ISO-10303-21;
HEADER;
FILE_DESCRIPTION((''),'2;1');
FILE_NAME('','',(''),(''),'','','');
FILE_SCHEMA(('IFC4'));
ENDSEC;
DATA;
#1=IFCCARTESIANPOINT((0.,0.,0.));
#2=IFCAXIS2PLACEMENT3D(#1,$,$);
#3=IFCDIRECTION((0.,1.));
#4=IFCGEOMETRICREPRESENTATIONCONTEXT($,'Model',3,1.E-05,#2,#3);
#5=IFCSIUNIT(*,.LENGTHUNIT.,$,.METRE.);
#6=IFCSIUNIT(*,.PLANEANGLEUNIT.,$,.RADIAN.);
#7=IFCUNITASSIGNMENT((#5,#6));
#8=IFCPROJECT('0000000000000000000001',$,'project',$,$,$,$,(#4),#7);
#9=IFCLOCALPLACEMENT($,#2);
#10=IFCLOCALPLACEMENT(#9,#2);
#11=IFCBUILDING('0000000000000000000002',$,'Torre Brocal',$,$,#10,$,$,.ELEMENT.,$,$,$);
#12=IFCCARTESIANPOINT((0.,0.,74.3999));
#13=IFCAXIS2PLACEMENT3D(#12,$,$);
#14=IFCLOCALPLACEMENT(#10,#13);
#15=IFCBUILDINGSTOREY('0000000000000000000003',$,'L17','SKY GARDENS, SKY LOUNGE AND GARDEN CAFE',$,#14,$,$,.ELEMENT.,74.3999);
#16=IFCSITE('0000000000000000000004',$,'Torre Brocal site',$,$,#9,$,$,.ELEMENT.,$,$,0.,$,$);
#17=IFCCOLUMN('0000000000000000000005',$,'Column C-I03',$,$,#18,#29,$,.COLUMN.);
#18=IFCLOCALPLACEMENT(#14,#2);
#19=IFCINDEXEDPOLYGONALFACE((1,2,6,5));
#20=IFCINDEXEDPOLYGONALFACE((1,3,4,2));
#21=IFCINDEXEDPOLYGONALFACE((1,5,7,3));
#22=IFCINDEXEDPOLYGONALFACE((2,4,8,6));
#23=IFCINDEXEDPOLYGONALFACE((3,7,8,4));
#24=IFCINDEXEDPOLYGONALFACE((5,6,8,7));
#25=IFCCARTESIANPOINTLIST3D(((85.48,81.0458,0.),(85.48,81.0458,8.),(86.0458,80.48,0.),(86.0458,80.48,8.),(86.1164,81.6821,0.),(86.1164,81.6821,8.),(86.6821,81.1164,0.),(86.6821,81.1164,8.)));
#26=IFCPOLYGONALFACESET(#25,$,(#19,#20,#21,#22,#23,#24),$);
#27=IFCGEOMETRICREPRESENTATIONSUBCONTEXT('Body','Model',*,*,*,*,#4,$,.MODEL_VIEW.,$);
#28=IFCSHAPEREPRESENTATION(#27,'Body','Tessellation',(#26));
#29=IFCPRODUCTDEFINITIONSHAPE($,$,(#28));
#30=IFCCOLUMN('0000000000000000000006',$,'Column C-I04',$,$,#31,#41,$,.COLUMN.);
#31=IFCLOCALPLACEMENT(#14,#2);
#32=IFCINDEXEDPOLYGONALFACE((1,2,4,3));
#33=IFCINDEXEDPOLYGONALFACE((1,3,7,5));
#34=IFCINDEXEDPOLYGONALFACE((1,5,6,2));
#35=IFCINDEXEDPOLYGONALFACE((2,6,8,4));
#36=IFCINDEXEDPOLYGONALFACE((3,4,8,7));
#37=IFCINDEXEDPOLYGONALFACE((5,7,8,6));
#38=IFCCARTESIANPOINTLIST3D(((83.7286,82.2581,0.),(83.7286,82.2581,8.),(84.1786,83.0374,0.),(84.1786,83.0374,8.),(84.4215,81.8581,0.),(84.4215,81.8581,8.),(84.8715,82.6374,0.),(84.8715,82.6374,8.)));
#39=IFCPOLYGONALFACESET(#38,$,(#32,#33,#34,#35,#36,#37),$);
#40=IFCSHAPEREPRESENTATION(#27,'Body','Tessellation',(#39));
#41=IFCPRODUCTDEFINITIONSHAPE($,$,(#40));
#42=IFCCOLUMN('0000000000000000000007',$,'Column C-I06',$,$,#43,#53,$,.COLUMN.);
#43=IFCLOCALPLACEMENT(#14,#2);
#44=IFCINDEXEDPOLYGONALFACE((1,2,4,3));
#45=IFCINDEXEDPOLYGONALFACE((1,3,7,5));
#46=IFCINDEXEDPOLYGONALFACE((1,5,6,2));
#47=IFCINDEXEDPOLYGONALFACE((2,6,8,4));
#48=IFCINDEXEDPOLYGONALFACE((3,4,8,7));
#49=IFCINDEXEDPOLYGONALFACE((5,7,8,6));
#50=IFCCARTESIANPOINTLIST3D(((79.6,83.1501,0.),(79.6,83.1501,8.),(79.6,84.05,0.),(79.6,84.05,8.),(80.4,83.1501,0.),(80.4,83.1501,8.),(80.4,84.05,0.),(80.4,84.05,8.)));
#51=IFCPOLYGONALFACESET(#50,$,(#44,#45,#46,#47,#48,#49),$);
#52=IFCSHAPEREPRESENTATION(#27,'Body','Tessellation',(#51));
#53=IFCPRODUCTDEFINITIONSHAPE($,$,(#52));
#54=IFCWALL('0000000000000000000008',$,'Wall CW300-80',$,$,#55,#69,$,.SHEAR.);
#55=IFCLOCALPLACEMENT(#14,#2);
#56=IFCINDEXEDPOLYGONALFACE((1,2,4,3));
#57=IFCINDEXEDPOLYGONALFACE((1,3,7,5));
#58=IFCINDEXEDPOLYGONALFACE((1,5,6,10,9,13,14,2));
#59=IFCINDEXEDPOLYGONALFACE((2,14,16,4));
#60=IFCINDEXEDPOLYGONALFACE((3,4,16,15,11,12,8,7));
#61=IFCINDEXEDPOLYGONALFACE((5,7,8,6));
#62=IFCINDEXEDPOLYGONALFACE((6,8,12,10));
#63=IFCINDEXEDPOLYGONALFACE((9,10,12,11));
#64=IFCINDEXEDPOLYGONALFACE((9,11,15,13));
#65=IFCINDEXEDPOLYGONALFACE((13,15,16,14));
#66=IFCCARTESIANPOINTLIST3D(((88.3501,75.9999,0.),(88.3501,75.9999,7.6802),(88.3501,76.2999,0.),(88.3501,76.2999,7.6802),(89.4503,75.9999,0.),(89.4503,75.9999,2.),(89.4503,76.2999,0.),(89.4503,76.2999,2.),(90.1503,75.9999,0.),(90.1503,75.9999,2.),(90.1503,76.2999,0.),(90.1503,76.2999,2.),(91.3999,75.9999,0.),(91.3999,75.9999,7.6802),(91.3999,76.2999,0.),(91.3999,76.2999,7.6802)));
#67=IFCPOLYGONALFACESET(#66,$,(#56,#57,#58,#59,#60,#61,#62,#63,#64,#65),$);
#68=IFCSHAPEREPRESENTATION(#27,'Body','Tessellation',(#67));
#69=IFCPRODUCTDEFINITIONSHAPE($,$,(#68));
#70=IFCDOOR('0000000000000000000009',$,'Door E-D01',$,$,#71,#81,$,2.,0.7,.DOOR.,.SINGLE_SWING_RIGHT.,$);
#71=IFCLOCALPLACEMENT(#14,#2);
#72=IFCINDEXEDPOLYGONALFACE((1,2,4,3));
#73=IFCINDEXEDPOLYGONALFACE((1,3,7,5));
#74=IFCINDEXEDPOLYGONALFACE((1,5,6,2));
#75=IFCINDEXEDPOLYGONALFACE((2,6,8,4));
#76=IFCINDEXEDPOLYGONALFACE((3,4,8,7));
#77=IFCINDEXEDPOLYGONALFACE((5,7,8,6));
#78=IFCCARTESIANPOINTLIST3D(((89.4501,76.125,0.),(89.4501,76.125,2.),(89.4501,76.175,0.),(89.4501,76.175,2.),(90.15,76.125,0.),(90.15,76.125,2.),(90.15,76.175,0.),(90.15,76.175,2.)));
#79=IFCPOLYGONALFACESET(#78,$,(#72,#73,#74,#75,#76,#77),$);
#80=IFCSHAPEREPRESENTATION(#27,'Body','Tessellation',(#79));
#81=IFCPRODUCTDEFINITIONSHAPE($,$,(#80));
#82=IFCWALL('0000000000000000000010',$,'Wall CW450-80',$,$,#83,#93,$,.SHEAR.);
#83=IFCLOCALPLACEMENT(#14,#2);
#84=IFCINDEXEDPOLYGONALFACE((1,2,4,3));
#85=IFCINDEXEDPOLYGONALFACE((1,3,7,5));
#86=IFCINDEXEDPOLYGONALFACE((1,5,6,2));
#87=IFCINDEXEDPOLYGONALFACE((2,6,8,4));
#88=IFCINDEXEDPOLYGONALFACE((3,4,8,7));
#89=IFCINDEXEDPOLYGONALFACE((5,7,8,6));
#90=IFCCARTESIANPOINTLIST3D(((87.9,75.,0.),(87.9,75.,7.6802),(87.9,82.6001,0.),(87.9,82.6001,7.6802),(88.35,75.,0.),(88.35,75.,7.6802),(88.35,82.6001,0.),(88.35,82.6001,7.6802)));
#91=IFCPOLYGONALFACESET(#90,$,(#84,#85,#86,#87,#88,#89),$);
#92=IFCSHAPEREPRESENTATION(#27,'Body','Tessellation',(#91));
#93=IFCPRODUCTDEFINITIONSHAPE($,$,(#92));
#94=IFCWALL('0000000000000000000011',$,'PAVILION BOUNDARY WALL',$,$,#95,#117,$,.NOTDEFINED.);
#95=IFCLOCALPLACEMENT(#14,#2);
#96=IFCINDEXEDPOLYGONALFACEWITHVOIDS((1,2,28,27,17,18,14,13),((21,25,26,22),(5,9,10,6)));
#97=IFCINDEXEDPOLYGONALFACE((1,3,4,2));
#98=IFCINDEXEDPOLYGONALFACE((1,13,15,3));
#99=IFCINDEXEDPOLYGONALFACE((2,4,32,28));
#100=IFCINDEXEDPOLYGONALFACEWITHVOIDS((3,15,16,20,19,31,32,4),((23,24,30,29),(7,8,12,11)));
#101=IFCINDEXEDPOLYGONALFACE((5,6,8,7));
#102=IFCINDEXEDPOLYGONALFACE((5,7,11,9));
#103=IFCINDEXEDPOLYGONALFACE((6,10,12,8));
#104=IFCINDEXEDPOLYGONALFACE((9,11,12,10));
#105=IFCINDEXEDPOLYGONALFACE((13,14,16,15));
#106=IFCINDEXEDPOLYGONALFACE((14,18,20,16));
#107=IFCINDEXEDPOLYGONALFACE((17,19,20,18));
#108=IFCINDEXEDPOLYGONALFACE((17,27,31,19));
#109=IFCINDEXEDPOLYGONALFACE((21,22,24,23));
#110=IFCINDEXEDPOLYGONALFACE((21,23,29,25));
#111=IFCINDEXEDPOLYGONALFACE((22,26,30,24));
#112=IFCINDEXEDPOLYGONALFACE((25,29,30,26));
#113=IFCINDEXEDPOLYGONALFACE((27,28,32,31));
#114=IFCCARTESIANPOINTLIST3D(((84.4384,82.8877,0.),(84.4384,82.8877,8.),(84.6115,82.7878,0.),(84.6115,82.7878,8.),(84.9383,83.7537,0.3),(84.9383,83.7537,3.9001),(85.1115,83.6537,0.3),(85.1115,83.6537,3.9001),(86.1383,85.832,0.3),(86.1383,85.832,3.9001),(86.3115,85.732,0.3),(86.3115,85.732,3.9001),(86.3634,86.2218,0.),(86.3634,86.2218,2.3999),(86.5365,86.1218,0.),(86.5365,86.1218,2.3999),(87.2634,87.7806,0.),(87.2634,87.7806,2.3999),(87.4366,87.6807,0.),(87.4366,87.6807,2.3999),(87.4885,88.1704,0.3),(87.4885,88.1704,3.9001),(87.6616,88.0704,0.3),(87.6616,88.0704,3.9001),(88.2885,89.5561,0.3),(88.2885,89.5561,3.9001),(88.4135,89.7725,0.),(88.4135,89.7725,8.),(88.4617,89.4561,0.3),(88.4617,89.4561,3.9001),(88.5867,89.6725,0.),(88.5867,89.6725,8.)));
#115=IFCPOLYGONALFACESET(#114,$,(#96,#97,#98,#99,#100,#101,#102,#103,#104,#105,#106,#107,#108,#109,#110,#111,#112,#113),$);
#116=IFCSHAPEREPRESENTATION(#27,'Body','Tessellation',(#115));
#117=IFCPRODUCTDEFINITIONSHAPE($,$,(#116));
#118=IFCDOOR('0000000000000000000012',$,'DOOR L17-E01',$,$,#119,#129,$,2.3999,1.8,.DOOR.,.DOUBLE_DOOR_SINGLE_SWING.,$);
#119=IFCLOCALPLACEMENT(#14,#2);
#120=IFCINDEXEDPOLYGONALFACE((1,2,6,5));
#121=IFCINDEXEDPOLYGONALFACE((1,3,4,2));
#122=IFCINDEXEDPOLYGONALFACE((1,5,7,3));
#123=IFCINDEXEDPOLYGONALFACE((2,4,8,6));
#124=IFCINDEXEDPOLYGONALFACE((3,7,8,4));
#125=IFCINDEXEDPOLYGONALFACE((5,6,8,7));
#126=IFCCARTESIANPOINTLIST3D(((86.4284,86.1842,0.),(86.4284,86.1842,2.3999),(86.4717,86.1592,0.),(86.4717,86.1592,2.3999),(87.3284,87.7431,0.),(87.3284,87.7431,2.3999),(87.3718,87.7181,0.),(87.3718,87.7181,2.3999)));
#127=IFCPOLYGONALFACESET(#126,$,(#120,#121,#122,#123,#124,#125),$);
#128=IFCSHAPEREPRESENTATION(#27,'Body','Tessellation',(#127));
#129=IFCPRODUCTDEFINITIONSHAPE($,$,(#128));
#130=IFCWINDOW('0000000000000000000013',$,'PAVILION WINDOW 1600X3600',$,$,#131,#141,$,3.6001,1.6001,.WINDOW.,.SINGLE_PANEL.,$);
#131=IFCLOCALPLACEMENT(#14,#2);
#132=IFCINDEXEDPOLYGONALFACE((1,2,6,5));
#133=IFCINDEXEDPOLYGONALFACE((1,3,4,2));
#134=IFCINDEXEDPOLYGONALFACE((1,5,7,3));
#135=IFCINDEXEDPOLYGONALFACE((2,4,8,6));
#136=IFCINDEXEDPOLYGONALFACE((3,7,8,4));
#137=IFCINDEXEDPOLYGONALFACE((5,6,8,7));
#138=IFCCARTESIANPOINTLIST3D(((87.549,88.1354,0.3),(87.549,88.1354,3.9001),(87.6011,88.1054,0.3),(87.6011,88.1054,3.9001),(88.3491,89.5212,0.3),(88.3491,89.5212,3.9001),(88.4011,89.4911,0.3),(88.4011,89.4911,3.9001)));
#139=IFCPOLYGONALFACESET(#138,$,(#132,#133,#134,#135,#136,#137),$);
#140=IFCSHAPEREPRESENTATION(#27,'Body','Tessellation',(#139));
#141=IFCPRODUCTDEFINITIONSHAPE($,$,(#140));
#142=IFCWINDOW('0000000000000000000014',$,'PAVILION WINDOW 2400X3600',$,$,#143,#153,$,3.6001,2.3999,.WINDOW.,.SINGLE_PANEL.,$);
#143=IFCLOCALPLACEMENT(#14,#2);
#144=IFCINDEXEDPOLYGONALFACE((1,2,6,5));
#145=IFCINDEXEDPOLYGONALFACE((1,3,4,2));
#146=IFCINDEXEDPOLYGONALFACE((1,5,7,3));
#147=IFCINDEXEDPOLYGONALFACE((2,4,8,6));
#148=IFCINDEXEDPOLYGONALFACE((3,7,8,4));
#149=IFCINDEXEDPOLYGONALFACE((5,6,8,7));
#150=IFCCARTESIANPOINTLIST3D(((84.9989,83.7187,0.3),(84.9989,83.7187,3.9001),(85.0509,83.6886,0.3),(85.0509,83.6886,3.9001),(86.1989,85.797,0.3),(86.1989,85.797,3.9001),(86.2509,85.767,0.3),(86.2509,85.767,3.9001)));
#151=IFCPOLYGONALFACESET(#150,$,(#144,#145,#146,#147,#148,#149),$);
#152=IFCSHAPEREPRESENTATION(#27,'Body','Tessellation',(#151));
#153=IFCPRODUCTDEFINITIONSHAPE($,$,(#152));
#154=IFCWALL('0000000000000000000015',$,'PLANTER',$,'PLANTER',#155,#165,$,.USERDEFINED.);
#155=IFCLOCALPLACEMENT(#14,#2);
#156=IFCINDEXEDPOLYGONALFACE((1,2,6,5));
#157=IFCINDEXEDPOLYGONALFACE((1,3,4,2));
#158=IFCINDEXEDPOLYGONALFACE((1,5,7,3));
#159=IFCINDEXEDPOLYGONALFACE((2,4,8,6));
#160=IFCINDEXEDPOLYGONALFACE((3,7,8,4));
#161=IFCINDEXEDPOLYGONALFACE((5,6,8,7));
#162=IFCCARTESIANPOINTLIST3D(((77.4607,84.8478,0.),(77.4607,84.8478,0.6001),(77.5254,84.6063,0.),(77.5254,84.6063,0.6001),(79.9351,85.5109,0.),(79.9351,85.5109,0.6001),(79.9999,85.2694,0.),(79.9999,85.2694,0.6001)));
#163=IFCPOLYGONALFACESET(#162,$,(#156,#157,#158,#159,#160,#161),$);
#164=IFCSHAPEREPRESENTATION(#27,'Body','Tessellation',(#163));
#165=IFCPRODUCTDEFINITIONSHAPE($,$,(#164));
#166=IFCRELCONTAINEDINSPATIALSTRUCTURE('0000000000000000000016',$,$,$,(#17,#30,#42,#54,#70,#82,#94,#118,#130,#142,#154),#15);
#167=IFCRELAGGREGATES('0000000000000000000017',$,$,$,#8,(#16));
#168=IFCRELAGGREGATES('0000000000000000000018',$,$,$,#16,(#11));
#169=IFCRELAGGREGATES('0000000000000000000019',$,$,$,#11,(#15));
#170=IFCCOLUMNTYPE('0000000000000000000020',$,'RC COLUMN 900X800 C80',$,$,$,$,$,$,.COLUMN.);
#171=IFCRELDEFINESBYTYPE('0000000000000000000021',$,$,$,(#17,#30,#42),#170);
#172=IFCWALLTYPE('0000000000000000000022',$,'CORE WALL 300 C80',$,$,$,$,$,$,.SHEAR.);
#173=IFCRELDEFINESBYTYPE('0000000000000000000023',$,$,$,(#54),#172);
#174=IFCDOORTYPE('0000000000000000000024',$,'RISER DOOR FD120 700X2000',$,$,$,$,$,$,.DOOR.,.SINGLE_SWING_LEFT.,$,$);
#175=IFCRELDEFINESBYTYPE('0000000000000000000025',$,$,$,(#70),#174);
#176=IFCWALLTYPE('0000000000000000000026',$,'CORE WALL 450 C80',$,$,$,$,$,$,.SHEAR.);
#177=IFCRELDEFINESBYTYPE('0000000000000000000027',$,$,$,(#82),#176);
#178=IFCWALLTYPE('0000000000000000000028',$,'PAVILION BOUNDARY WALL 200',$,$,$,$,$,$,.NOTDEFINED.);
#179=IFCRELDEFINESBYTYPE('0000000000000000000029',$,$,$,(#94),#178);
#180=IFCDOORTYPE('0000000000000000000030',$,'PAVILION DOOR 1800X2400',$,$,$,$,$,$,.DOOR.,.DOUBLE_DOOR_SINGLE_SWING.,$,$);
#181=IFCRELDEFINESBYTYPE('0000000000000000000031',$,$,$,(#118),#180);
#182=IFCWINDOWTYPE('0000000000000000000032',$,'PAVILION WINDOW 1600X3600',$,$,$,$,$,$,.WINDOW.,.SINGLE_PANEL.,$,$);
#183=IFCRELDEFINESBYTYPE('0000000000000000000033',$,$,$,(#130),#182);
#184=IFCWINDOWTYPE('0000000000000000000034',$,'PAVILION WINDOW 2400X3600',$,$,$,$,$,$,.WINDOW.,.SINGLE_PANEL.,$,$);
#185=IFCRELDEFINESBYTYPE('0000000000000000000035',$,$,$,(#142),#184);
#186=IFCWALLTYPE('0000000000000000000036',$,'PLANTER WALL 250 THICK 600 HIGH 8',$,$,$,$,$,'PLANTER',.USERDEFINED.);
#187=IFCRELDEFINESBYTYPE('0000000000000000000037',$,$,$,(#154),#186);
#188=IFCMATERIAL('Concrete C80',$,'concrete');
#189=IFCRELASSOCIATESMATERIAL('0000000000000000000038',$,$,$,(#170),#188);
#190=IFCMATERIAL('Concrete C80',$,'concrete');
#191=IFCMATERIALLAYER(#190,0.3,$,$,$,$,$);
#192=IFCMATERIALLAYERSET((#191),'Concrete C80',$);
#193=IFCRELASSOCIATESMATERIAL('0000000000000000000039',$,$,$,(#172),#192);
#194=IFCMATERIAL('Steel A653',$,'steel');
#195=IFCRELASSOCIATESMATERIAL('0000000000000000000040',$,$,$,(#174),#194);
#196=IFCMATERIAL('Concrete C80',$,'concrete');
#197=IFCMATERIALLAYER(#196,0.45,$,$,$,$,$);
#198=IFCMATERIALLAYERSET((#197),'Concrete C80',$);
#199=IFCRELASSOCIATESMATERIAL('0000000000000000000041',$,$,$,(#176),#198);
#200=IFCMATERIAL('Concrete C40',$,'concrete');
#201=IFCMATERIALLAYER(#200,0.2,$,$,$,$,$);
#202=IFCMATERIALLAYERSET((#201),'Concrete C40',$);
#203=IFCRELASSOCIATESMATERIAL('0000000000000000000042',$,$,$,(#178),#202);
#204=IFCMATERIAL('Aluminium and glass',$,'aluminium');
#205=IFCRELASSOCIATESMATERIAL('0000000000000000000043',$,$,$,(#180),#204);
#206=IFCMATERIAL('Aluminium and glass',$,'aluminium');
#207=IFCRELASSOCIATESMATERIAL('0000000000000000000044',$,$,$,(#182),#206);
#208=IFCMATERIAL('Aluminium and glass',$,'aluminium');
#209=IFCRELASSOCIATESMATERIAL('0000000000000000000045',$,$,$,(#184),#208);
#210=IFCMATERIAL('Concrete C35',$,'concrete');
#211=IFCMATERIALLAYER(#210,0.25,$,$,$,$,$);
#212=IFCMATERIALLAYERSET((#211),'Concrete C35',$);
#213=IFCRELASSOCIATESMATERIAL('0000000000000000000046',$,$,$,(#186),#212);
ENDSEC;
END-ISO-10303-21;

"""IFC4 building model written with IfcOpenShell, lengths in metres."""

from ifc_helpers import new_model, si_unit, direction, frame, frame_2d, origin, origin_2d, place, context, subcontext, project, spatial, rectangle, extrude, material, layer, layer_set, material_profile, profile_set, type_object, element, fill, save


model = new_model("IFC4")

# Units and contexts
model_context = context("Model", 3, precision=1e-05, world=origin(), true_north=direction((0.0, 1.0)))
body_context = subcontext(model_context, "Body", "Model", "MODEL_VIEW")
ifc_project = project(units=[si_unit("LENGTHUNIT", "METRE"), si_unit("PLANEANGLEUNIT", "RADIAN")], contexts=[model_context])

# Site, building, storey
site_placement = place(None, origin())
site = spatial("IfcSite", under=ifc_project, at=site_placement, Name="Torre Brocal site", CompositionType="ELEMENT", RefElevation=0.0)
building_placement = place(site_placement, origin())
building = spatial("IfcBuilding", under=site, at=building_placement, Name="Torre Brocal", CompositionType="ELEMENT")
storey_placement = place(building_placement, frame((0.0, 0.0, 74.3999)))
storey = spatial("IfcBuildingStorey", under=building, at=storey_placement, Name="L17", Description="SKY GARDENS, SKY LOUNGE AND GARDEN CAFE", CompositionType="ELEMENT", Elevation=74.3999)

# Columns
ifc_material_1 = material(Name="Concrete C80", Category="concrete")
ifc_material_profile = material_profile(ifc_material_1, rectangle(XDim=0.8999, YDim=0.8, at=origin_2d()), Name="RC 900X800")
ifc_profile_set = profile_set([ifc_material_profile], Name="Concrete C80")
column_type = type_object("IfcColumnType", Name="RC COLUMN 900X800 C80", PredefinedType="COLUMN", material=ifc_profile_set)
for number, where, z_axis, x_axis, name in (
    (1, (86.0811, 81.0811, 0.0), (0.0, 0.0, 1.0), (0.707107, 0.707107, 0.0), "Column C-I03"),
    (2, (84.3, 82.4478, 0.0), (0.0, 0.0, 1.0), (0.5, 0.866025, 0.0), "Column C-I04"),
    (3, (80.0, 83.6001, 0.0), (0.0, 0.0, 1.0), (0.0, 1.0, 0.0), "Column C-I06"),
):
    element("IfcColumn", number, at=place(storey_placement, frame(where, z_axis=z_axis, x_axis=x_axis)), inside=storey, type_object=column_type, Name=name, PredefinedType="COLUMN", context=body_context, shape_type="SweptSolid", body=[
        extrude(rectangle(XDim=0.8999, YDim=0.8, at=origin_2d()), origin(), (0.0, 0.0, 1.0), 8.0),
    ])

# Wall, opening, door
ifc_material_2 = material(Name="Concrete C80", Category="concrete")
ifc_layer_1 = layer(ifc_material_2, 0.3)
ifc_layer_set_1 = layer_set([ifc_layer_1], Name="Concrete C80")
wall_type_1 = type_object("IfcWallType", Name="CORE WALL 300 C80", PredefinedType="SHEAR", material=ifc_layer_set_1)
wall_1_placement = place(storey_placement, frame((88.3501, 76.1499, 0.0), z_axis=(0.0, 0.0, 1.0), x_axis=(1.0, 0.0, 0.0)))
wall_1 = element("IfcWall", 4, at=wall_1_placement, inside=storey, type_object=wall_type_1, Name="Wall CW300-80", PredefinedType="SHEAR", context=body_context, shape_type="SweptSolid", body=[
    extrude(rectangle(XDim=3.0498, YDim=0.3, at=frame_2d((1.5249, 0.0))), origin(), (0.0, 0.0, 1.0), 7.6802),
])
opening_1_placement = place(wall_1_placement, frame((1.1001, 0.0, 0.0)))
opening_1 = element("IfcOpeningElement", 5, at=opening_1_placement, cuts=wall_1, PredefinedType="OPENING", context=body_context, shape_type="SweptSolid", body=[
    extrude(rectangle(XDim=0.7, YDim=2.0, at=frame_2d((0.3501, 1.0))), frame((0.0, 0.1599, 0.0), z_axis=(0.0, -1.0, 0.0), x_axis=(1.0, 0.0, 0.0)), (0.0, 0.0, 1.0), 0.3201),
])
ifc_material_3 = material(Name="Steel A653", Category="steel")
door_type_1 = type_object("IfcDoorType", Name="RISER DOOR FD120 700X2000", OperationType="SINGLE_SWING_LEFT", PredefinedType="DOOR", material=ifc_material_3)
door_1_placement = place(opening_1_placement, frame((0.7, 0.0, 0.0), z_axis=(0.0, 0.0, 1.0), x_axis=(-1.0, 0.0, 0.0)))
door_1 = element("IfcDoor", 6, at=door_1_placement, inside=storey, type_object=door_type_1, Name="Door E-D01", OperationType="SINGLE_SWING_RIGHT", OverallHeight=2.0, OverallWidth=0.7, PredefinedType="DOOR", context=body_context, shape_type="SweptSolid", body=[
    extrude(rectangle(XDim=0.7, YDim=2.0, at=frame_2d((0.3501, 1.0))), frame((0.0, 0.0249, 0.0), z_axis=(0.0, -1.0, 0.0), x_axis=(1.0, 0.0, 0.0)), (0.0, 0.0, 1.0), 0.05),
])
fill(opening_1, door_1)

# Wall
ifc_material_4 = material(Name="Concrete C80", Category="concrete")
ifc_layer_2 = layer(ifc_material_4, 0.45)
ifc_layer_set_2 = layer_set([ifc_layer_2], Name="Concrete C80")
wall_type_2 = type_object("IfcWallType", Name="CORE WALL 450 C80", PredefinedType="SHEAR", material=ifc_layer_set_2)
wall_2_placement = place(storey_placement, frame((88.125, 75.0, 0.0), z_axis=(0.0, 0.0, 1.0), x_axis=(0.0, 1.0, 0.0)))
element("IfcWall", 7, at=wall_2_placement, inside=storey, type_object=wall_type_2, Name="Wall CW450-80", PredefinedType="SHEAR", context=body_context, shape_type="SweptSolid", body=[
    extrude(rectangle(XDim=7.6001, YDim=0.45, at=frame_2d((3.8, 0.0))), origin(), (0.0, 0.0, 1.0), 7.6802),
])

# Wall, openings, door, windows
ifc_material_5 = material(Name="Concrete C40", Category="concrete")
ifc_layer_3 = layer(ifc_material_5, 0.2)
ifc_layer_set_3 = layer_set([ifc_layer_3], Name="Concrete C40")
wall_type_3 = type_object("IfcWallType", Name="PAVILION BOUNDARY WALL 200", PredefinedType="NOTDEFINED", material=ifc_layer_set_3)
wall_3_placement = place(storey_placement, frame((84.5249, 82.8376, 0.0), z_axis=(0.0, 0.0, 1.0), x_axis=(0.500017, 0.866016, 0.0)))
wall_3 = element("IfcWall", 8, at=wall_3_placement, inside=storey, type_object=wall_type_3, Name="PAVILION BOUNDARY WALL", PredefinedType="NOTDEFINED", context=body_context, shape_type="SweptSolid", body=[
    extrude(rectangle(XDim=7.95, YDim=0.2, at=frame_2d((3.9751, 0.0))), origin(), (0.0, 0.0, 1.0), 8.0),
])
opening_2_placement = place(wall_3_placement, frame((1.0, 0.0, 0.3)))
opening_2 = element("IfcOpeningElement", 9, at=opening_2_placement, cuts=wall_3, PredefinedType="OPENING", context=body_context, shape_type="SweptSolid", body=[
    extrude(rectangle(XDim=2.3999, YDim=3.6001, at=frame_2d((1.2, 1.8))), frame((0.0, 0.1099, 0.0), z_axis=(0.0, -1.0, 0.0), x_axis=(1.0, 0.0, 0.0)), (0.0, 0.0, 1.0), 0.22),
])
opening_3_placement = place(wall_3_placement, frame((3.8501, 0.0, 0.0)))
opening_3 = element("IfcOpeningElement", 10, at=opening_3_placement, cuts=wall_3, PredefinedType="OPENING", context=body_context, shape_type="SweptSolid", body=[
    extrude(rectangle(XDim=1.8, YDim=2.3999, at=frame_2d((0.8999, 1.2))), frame((0.0, 0.1099, 0.0), z_axis=(0.0, -1.0, 0.0), x_axis=(1.0, 0.0, 0.0)), (0.0, 0.0, 1.0), 0.22),
])
opening_4_placement = place(wall_3_placement, frame((6.1001, 0.0, 0.3)))
opening_4 = element("IfcOpeningElement", 11, at=opening_4_placement, cuts=wall_3, PredefinedType="OPENING", context=body_context, shape_type="SweptSolid", body=[
    extrude(rectangle(XDim=1.6001, YDim=3.6001, at=frame_2d((0.8, 1.8))), frame((0.0, 0.1099, 0.0), z_axis=(0.0, -1.0, 0.0), x_axis=(1.0, 0.0, 0.0)), (0.0, 0.0, 1.0), 0.22),
])
ifc_material_6 = material(Name="Aluminium and glass", Category="aluminium")
door_type_2 = type_object("IfcDoorType", Name="PAVILION DOOR 1800X2400", OperationType="DOUBLE_DOOR_SINGLE_SWING", PredefinedType="DOOR", material=ifc_material_6)
door_2_placement = place(opening_3_placement, origin())
door_2 = element("IfcDoor", 12, at=door_2_placement, inside=storey, type_object=door_type_2, Name="DOOR L17-E01", OperationType="DOUBLE_DOOR_SINGLE_SWING", OverallHeight=2.3999, OverallWidth=1.8, PredefinedType="DOOR", context=body_context, shape_type="SweptSolid", body=[
    extrude(rectangle(XDim=1.8, YDim=2.3999, at=frame_2d((0.8999, 1.2))), frame((0.0, 0.0249, 0.0), z_axis=(0.0, -1.0, 0.0), x_axis=(1.0, 0.0, 0.0)), (0.0, 0.0, 1.0), 0.05),
])
fill(opening_3, door_2)
ifc_material_7 = material(Name="Aluminium and glass", Category="aluminium")
window_type_1 = type_object("IfcWindowType", Name="PAVILION WINDOW 1600X3600", PartitioningType="SINGLE_PANEL", PredefinedType="WINDOW", material=ifc_material_7)
window_1_placement = place(opening_4_placement, origin())
window_1 = element("IfcWindow", 13, at=window_1_placement, inside=storey, type_object=window_type_1, Name="PAVILION WINDOW 1600X3600", OverallHeight=3.6001, OverallWidth=1.6001, PartitioningType="SINGLE_PANEL", PredefinedType="WINDOW", context=body_context, shape_type="SweptSolid", body=[
    extrude(rectangle(XDim=1.6001, YDim=3.6001, at=frame_2d((0.8, 1.8))), frame((0.0, 0.03, 0.0), z_axis=(0.0, -1.0, 0.0), x_axis=(1.0, 0.0, 0.0)), (0.0, 0.0, 1.0), 0.0601),
])
fill(opening_4, window_1)
ifc_material_8 = material(Name="Aluminium and glass", Category="aluminium")
window_type_2 = type_object("IfcWindowType", Name="PAVILION WINDOW 2400X3600", PartitioningType="SINGLE_PANEL", PredefinedType="WINDOW", material=ifc_material_8)
window_2_placement = place(opening_2_placement, origin())
window_2 = element("IfcWindow", 14, at=window_2_placement, inside=storey, type_object=window_type_2, Name="PAVILION WINDOW 2400X3600", OverallHeight=3.6001, OverallWidth=2.3999, PartitioningType="SINGLE_PANEL", PredefinedType="WINDOW", context=body_context, shape_type="SweptSolid", body=[
    extrude(rectangle(XDim=2.3999, YDim=3.6001, at=frame_2d((1.2, 1.8))), frame((0.0, 0.03, 0.0), z_axis=(0.0, -1.0, 0.0), x_axis=(1.0, 0.0, 0.0)), (0.0, 0.0, 1.0), 0.0601),
])
fill(opening_2, window_2)

# Wall
ifc_material_9 = material(Name="Concrete C35", Category="concrete")
ifc_layer_4 = layer(ifc_material_9, 0.25)
ifc_layer_set_4 = layer_set([ifc_layer_4], Name="Concrete C35")
wall_type_4 = type_object("IfcWallType", Name="PLANTER WALL 250 THICK 600 HIGH 8", ElementType="PLANTER", PredefinedType="USERDEFINED", material=ifc_layer_set_4)
for number, where, z_axis, x_axis, name in (
    (15, (77.4932, 84.7271, 0.0), (0.0, 0.0, 1.0), (0.965918, 0.258849, 0.0), "PLANTER"),
):
    element("IfcWall", number, at=place(storey_placement, frame(where, z_axis=z_axis, x_axis=x_axis)), inside=storey, type_object=wall_type_4, Name=name, ObjectType="PLANTER", PredefinedType="USERDEFINED", context=body_context, shape_type="SweptSolid", body=[
        extrude(rectangle(XDim=2.5618, YDim=0.25, at=frame_2d((1.2808, 0.0))), origin(), (0.0, 0.0, 1.0), 0.6001),
    ])

save(model, "model.ifc")
